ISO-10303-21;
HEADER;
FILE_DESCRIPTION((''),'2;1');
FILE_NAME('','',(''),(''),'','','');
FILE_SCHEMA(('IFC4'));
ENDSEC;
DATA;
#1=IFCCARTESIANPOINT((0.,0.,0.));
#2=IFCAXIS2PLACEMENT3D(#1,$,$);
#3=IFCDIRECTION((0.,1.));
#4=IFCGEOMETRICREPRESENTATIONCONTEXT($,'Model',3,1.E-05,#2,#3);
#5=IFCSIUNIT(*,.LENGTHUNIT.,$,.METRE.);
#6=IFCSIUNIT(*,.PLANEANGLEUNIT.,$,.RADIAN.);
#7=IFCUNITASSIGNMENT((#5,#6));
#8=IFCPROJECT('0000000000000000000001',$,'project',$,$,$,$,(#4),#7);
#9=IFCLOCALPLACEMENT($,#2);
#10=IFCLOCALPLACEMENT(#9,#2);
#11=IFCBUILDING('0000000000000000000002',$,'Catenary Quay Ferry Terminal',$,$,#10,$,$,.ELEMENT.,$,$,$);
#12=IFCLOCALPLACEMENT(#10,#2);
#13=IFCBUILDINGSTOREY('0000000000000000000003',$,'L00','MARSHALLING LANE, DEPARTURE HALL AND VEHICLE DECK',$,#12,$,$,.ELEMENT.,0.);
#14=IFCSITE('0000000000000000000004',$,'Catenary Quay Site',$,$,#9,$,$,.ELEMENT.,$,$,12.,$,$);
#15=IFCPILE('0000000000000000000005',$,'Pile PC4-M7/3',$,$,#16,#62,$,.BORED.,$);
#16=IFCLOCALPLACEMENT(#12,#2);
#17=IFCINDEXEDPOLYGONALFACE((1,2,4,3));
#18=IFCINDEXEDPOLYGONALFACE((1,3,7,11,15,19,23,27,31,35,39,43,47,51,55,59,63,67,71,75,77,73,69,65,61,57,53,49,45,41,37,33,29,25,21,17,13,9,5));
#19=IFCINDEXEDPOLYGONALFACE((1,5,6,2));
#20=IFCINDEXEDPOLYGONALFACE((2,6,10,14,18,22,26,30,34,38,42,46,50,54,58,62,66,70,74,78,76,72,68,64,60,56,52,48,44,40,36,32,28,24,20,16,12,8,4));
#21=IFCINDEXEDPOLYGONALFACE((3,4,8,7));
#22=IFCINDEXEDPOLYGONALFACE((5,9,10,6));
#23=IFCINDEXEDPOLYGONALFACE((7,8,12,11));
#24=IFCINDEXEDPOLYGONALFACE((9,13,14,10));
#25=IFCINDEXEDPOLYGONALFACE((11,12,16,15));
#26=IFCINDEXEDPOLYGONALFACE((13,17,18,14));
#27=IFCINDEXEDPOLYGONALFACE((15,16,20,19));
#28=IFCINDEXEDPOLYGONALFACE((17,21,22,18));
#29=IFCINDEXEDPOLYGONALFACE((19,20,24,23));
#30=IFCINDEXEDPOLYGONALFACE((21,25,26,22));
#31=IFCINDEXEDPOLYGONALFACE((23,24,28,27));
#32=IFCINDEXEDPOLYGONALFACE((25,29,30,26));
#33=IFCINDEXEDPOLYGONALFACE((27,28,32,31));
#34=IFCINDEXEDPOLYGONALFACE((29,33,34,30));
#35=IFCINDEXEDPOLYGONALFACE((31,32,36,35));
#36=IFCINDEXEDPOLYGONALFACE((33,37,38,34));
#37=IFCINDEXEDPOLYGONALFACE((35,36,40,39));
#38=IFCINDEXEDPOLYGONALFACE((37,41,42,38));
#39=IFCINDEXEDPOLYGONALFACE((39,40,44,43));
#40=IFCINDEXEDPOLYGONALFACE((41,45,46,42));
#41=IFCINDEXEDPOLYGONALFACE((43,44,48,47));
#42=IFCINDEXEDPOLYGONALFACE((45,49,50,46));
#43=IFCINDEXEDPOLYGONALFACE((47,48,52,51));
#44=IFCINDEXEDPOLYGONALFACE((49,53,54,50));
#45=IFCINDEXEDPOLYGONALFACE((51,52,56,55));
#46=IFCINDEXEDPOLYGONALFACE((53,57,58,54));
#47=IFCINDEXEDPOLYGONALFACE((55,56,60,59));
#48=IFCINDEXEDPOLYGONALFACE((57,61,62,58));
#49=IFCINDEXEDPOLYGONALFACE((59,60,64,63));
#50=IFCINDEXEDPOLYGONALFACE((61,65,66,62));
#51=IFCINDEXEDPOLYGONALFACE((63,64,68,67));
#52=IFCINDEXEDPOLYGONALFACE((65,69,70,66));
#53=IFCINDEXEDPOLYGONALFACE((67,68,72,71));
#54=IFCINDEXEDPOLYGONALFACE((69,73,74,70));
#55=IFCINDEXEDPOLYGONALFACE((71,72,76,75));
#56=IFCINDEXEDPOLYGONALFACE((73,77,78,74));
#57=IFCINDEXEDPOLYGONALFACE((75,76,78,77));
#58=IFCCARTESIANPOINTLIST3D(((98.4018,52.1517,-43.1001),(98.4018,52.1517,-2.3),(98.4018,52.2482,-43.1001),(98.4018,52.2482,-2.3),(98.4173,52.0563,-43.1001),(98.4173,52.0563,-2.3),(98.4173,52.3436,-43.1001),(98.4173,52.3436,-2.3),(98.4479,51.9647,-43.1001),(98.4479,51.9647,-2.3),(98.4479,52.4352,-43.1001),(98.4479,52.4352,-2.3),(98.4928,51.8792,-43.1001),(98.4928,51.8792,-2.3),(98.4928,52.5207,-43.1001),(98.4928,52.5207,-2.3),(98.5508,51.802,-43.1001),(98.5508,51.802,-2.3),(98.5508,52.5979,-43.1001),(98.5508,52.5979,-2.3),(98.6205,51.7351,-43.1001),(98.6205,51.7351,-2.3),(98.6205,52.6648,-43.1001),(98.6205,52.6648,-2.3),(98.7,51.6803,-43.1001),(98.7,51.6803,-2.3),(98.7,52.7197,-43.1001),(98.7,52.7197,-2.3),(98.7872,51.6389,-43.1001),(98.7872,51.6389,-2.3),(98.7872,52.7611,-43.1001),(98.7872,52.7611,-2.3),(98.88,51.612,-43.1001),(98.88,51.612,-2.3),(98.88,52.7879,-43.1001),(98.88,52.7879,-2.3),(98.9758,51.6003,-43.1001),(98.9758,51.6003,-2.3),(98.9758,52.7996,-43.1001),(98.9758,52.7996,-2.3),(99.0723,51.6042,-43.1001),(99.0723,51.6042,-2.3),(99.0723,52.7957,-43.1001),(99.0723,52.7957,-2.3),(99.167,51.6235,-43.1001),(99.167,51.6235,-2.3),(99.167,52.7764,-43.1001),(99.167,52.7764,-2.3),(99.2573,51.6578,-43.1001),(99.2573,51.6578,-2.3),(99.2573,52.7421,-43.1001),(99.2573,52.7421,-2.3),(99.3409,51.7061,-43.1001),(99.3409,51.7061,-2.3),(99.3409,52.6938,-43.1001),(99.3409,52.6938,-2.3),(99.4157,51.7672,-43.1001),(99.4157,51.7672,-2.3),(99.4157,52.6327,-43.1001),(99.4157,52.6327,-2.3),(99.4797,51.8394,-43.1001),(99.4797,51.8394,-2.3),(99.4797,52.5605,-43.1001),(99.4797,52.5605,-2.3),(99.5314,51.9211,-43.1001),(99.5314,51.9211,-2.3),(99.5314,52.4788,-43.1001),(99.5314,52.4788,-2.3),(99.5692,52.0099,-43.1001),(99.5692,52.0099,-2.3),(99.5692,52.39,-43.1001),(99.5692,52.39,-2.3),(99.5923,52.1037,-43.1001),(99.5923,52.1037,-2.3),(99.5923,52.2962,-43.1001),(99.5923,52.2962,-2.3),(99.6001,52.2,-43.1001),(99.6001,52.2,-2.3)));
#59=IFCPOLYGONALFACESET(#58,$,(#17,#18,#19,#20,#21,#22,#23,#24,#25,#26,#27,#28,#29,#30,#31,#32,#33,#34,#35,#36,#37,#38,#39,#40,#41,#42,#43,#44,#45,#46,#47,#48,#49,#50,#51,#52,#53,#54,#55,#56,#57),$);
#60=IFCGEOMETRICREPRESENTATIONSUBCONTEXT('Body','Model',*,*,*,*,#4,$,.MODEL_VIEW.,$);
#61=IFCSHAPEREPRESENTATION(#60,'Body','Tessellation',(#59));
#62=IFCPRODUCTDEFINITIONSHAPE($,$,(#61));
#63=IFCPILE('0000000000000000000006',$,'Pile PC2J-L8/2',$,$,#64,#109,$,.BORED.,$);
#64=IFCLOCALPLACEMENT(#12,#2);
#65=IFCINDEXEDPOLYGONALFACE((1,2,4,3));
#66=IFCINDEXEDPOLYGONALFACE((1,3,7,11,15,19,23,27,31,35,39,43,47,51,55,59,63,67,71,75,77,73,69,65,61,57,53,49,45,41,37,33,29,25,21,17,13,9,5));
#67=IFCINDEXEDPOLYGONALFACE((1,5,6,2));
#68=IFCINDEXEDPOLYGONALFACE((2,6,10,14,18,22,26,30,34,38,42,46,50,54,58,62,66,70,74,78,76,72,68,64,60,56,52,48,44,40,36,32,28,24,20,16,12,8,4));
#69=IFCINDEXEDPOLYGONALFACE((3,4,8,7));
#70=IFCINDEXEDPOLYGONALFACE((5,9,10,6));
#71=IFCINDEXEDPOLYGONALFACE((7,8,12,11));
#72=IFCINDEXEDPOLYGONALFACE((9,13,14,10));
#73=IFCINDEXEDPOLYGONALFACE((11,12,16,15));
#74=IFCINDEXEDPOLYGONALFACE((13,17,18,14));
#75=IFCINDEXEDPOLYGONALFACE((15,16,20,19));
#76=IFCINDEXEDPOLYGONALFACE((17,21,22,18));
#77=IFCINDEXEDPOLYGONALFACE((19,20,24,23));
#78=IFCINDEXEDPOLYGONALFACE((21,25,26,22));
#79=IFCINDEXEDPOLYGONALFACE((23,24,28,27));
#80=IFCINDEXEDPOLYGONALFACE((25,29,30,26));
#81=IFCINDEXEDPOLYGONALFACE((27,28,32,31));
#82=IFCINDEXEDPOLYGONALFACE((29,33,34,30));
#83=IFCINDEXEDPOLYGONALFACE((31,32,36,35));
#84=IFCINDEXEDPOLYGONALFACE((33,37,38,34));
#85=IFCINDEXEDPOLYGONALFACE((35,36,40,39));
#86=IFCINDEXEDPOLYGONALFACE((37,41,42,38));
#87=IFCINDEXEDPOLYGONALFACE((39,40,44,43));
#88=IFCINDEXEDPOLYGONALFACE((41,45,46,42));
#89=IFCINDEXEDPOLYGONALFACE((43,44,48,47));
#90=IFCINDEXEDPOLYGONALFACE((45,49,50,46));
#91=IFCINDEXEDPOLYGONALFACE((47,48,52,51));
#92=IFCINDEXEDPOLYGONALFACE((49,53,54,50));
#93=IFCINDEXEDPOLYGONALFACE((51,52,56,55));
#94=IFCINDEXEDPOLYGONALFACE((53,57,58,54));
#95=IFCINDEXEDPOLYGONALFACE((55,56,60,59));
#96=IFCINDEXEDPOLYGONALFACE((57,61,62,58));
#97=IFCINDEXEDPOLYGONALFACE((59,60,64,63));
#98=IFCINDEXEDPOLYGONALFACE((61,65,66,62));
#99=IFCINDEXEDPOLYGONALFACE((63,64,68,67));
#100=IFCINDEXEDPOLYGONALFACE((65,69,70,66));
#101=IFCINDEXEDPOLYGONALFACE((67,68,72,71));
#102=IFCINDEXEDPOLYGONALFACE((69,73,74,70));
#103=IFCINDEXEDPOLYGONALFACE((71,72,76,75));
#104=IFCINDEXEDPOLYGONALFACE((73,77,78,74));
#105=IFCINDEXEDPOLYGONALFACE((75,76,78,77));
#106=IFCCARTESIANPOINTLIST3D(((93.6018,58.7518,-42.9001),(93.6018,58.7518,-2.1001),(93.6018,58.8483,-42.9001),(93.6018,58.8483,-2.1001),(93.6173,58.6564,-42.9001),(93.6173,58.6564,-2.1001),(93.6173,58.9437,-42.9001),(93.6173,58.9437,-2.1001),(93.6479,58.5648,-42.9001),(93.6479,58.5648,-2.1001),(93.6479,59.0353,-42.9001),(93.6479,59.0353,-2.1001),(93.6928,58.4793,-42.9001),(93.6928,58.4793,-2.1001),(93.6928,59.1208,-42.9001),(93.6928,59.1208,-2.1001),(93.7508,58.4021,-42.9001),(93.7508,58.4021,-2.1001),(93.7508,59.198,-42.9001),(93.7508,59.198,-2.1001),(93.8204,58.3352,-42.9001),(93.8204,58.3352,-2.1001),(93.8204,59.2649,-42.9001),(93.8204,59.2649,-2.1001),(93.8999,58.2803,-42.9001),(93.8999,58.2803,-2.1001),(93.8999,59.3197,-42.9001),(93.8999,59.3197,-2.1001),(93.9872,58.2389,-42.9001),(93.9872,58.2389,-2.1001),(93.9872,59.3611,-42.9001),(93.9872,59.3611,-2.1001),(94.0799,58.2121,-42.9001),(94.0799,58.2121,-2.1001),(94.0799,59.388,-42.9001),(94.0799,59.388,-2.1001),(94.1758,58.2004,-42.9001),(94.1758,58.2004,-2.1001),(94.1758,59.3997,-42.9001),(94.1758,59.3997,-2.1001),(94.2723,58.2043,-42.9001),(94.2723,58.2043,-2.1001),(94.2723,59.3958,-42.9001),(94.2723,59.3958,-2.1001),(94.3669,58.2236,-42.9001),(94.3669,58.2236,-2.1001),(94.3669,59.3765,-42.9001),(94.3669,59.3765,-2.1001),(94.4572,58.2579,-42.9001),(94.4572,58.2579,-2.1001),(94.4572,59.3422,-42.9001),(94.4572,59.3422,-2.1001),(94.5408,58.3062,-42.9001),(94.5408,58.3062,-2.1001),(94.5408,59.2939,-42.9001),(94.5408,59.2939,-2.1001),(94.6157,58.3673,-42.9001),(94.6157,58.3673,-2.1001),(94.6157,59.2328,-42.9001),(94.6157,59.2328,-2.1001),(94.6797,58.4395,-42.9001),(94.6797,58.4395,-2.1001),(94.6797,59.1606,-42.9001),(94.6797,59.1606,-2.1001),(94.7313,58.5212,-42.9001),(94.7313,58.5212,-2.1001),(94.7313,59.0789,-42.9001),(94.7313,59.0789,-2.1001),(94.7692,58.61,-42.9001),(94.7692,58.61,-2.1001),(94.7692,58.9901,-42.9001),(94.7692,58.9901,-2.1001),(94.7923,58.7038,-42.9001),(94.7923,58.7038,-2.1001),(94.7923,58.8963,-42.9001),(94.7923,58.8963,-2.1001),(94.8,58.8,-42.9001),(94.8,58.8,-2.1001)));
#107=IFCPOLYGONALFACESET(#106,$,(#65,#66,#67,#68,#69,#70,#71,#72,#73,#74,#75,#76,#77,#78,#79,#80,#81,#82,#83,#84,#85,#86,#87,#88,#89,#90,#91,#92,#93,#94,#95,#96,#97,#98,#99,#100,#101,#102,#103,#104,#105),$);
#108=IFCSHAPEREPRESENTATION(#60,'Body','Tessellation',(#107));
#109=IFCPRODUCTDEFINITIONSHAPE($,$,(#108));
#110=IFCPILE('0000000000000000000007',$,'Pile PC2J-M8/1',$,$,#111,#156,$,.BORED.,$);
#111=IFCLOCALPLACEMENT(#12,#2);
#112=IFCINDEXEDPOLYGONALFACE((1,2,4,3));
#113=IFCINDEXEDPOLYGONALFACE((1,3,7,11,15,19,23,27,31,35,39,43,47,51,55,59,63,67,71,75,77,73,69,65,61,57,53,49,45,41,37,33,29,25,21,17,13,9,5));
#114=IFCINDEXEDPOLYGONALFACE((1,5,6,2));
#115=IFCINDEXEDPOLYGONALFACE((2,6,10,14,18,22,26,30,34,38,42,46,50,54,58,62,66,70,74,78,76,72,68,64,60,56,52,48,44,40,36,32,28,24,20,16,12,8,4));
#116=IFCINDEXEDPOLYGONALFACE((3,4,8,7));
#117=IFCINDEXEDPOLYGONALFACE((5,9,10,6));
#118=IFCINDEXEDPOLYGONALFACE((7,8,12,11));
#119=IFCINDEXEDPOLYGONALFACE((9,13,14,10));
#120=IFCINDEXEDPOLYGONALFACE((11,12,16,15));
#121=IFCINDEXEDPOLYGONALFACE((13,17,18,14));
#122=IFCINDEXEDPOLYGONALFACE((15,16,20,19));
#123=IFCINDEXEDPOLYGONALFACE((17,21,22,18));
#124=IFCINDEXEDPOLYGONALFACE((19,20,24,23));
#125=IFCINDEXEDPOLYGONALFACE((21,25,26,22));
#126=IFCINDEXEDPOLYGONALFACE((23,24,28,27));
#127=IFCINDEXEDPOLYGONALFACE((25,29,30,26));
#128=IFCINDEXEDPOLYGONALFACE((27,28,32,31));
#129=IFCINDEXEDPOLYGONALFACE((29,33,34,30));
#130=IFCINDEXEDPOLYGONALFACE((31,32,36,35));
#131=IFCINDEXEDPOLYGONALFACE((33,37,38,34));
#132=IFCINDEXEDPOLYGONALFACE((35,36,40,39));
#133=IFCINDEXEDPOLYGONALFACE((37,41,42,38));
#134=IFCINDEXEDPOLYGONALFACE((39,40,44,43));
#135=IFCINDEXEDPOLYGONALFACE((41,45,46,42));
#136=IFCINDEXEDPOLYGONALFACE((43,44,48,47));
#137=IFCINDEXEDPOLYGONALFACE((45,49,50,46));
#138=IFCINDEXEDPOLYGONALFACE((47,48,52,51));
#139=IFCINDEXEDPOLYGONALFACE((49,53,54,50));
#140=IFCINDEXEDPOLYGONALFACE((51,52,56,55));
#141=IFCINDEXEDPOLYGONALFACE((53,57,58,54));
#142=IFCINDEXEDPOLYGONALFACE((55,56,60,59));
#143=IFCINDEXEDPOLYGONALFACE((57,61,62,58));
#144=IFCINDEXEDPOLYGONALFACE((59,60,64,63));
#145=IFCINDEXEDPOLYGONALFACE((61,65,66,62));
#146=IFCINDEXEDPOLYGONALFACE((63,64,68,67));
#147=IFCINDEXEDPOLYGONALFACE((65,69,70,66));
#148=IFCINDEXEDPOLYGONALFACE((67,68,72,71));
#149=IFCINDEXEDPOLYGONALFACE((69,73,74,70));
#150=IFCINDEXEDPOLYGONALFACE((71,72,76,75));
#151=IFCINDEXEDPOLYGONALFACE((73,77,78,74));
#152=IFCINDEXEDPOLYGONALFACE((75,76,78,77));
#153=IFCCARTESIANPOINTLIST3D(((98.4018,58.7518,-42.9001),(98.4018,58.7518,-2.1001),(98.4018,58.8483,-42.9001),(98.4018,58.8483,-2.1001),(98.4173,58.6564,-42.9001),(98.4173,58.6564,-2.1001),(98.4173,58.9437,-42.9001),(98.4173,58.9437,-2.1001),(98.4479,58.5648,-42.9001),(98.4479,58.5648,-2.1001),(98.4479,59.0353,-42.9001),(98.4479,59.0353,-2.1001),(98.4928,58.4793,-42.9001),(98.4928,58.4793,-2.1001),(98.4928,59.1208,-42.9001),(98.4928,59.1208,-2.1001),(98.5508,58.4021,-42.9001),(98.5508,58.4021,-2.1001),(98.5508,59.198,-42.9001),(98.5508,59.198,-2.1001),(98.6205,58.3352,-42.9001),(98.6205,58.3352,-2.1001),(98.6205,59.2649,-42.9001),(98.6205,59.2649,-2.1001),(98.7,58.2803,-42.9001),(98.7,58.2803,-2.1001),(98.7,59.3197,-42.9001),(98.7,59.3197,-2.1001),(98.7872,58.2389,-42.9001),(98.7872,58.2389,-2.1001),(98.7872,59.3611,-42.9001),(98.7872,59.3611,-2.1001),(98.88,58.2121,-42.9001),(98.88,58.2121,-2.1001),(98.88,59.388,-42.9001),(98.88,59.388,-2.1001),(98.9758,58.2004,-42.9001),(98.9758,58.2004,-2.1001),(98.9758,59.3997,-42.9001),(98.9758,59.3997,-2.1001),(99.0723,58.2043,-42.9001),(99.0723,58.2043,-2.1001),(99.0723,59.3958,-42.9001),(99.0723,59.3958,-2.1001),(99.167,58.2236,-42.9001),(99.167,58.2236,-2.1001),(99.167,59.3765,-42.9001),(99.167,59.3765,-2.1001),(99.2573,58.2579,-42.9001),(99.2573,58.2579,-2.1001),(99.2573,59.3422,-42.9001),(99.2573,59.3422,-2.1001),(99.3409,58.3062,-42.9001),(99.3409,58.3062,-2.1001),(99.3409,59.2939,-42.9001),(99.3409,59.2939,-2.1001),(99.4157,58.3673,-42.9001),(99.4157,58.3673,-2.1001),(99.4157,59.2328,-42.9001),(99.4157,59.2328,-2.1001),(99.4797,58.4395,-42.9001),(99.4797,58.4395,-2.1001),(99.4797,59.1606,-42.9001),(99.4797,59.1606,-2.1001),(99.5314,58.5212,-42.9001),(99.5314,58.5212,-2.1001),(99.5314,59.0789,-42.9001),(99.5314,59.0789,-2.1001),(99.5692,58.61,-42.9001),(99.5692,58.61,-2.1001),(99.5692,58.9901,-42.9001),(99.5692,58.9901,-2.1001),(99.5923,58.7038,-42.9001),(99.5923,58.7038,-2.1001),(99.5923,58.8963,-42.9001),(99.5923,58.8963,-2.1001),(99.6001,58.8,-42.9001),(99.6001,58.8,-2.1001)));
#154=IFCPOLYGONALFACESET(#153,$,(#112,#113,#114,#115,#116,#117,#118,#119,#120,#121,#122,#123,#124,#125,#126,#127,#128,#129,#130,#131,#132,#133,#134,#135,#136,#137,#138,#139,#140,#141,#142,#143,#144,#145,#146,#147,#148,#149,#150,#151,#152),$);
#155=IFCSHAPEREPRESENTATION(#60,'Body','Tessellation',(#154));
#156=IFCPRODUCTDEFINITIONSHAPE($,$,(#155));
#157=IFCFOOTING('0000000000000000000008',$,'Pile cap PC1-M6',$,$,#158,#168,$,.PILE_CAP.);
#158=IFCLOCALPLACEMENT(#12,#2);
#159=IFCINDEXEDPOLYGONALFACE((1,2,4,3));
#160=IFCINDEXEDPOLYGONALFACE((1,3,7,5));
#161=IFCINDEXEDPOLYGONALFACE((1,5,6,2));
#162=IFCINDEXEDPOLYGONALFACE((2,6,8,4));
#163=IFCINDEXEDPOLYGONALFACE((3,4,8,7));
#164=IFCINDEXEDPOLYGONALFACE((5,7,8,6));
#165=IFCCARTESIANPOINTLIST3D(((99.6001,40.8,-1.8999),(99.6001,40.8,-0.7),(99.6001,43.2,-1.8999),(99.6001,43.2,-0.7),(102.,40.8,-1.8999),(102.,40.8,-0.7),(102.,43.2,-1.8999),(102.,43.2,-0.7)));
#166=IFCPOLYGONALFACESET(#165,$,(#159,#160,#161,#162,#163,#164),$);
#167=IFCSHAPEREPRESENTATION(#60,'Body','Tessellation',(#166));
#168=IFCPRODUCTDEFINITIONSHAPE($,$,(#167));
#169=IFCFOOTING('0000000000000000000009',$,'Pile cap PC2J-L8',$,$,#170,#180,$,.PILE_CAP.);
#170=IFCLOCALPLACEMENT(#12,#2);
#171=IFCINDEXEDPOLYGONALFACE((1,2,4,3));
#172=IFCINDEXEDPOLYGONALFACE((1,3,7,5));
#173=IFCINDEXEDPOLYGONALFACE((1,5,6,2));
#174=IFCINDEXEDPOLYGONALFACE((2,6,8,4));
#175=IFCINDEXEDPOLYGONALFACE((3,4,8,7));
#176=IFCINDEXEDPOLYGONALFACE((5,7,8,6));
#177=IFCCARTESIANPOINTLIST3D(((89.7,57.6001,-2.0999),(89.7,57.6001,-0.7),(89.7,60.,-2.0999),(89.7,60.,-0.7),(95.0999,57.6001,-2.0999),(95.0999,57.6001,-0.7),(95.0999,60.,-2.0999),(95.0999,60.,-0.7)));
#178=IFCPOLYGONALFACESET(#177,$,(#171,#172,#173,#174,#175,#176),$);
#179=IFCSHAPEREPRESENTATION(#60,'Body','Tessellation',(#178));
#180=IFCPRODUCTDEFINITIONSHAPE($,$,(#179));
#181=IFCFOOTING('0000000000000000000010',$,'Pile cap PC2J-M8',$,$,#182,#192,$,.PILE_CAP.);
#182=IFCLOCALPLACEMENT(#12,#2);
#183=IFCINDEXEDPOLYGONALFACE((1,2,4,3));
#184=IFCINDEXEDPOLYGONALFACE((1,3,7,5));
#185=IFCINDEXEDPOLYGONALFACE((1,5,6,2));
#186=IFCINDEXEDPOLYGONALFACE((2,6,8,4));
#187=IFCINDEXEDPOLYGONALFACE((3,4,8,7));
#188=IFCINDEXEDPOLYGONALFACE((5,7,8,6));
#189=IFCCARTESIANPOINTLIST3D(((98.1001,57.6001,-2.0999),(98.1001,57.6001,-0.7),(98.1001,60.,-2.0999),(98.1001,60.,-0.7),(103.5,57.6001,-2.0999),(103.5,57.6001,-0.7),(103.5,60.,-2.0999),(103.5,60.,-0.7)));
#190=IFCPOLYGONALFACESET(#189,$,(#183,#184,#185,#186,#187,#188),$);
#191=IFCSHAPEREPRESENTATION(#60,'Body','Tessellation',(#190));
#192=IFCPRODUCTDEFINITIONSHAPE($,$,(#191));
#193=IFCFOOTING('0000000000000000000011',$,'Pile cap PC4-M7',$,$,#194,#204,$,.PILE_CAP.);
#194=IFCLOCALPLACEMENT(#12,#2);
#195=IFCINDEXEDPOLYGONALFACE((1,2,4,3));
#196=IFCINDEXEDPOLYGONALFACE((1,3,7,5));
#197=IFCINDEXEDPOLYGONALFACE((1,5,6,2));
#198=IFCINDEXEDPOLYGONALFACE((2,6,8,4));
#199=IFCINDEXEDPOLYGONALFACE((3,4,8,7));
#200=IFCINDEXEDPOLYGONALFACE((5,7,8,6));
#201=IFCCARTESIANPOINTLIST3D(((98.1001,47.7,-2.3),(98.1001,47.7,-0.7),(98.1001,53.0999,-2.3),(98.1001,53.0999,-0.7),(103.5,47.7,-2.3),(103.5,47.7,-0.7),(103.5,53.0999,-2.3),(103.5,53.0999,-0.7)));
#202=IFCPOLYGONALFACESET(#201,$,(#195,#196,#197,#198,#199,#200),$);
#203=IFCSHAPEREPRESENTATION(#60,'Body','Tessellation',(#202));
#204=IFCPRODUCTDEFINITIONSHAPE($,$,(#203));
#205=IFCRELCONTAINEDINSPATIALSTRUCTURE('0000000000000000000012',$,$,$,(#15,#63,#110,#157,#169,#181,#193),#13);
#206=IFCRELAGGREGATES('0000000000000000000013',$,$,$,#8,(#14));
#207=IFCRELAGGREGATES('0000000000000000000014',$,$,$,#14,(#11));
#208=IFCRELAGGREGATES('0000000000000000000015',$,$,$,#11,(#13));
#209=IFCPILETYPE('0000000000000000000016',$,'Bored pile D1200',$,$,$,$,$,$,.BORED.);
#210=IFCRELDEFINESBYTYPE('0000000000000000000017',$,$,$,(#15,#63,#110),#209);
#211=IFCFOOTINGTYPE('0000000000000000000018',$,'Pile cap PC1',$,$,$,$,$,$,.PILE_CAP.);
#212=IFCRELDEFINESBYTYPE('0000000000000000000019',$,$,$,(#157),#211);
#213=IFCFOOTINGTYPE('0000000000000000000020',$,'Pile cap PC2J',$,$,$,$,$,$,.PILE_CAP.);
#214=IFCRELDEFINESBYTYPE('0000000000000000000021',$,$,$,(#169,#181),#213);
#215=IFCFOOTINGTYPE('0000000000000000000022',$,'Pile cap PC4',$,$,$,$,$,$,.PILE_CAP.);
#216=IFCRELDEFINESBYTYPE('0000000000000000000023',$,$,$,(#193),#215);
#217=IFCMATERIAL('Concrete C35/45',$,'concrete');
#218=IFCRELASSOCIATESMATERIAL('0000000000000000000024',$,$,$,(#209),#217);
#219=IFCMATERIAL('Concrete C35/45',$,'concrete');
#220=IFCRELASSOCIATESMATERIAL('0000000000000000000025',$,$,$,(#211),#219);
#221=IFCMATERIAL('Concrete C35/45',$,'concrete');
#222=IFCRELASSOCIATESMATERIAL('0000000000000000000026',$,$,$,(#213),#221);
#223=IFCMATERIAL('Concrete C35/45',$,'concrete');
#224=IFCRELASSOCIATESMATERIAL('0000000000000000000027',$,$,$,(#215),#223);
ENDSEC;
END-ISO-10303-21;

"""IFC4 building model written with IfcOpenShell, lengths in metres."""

from ifc_helpers import new_model, si_unit, direction, frame, origin, origin_2d, place, context, subcontext, project, spatial, rectangle, circle, extrude, material, material_profile, profile_set, type_object, element, save


model = new_model("IFC4")

# Units and contexts
model_context = context("Model", 3, precision=1e-05, world=origin(), true_north=direction((0.0, 1.0)))
body_context = subcontext(model_context, "Body", "Model", "MODEL_VIEW")
ifc_project = project(units=[si_unit("LENGTHUNIT", "METRE"), si_unit("PLANEANGLEUNIT", "RADIAN")], contexts=[model_context])

# Site, building, storey
site_placement = place(None, origin())
site = spatial("IfcSite", under=ifc_project, at=site_placement, Name="Catenary Quay Site", CompositionType="ELEMENT", RefElevation=12.0)
building_placement = place(site_placement, origin())
building = spatial("IfcBuilding", under=site, at=building_placement, Name="Catenary Quay Ferry Terminal", CompositionType="ELEMENT")
storey_placement = place(building_placement, origin())
storey = spatial("IfcBuildingStorey", under=building, at=storey_placement, Name="L00", Description="MARSHALLING LANE, DEPARTURE HALL AND VEHICLE DECK", CompositionType="ELEMENT", Elevation=0.0)

# Piles
ifc_material_1 = material(Name="Concrete C35/45", Category="concrete")
ifc_material_profile_1 = material_profile(ifc_material_1, circle(Radius=0.6001, at=origin_2d()), Name="D1200")
ifc_profile_set_1 = profile_set([ifc_material_profile_1], Name="Concrete C35/45")
pile_type = type_object("IfcPileType", Name="Bored pile D1200", PredefinedType="BORED", material=ifc_profile_set_1)
for number, where, z_axis, x_axis, name in (
    (1, (99.0, 52.2, -2.3), (0.0, 0.0, -1.0), (1.0, 0.0, 0.0), "Pile PC4-M7/3"),
    (2, (94.2, 58.8, -2.1001), (0.0, 0.0, -1.0), (1.0, 0.0, 0.0), "Pile PC2J-L8/2"),
    (3, (99.0, 58.8, -2.1001), (0.0, 0.0, -1.0), (1.0, 0.0, 0.0), "Pile PC2J-M8/1"),
):
    element("IfcPile", number, at=place(storey_placement, frame(where, z_axis=z_axis, x_axis=x_axis)), inside=storey, type_object=pile_type, Name=name, PredefinedType="BORED", context=body_context, shape_type="SweptSolid", body=[
        extrude(circle(Radius=0.6001, at=origin_2d()), origin(), (0.0, 0.0, 1.0), 40.8),
    ])

# Footings
ifc_material_2 = material(Name="Concrete C35/45", Category="concrete")
footing_type_1 = type_object("IfcFootingType", Name="Pile cap PC1", PredefinedType="PILE_CAP", material=ifc_material_2)
footing_1_placement = place(storey_placement, frame((100.8, 42.0, -1.8999), z_axis=(0.0, 0.0, 1.0), x_axis=(1.0, 0.0, 0.0)))
element("IfcFooting", 4, at=footing_1_placement, inside=storey, type_object=footing_type_1, Name="Pile cap PC1-M6", PredefinedType="PILE_CAP", context=body_context, shape_type="SweptSolid", body=[
    extrude(rectangle(XDim=2.3999, YDim=2.3999, at=origin_2d()), origin(), (0.0, 0.0, 1.0), 1.2),
])
ifc_material_3 = material(Name="Concrete C35/45", Category="concrete")
footing_type_2 = type_object("IfcFootingType", Name="Pile cap PC2J", PredefinedType="PILE_CAP", material=ifc_material_3)
for number, where, z_axis, x_axis, name in (
    (5, (92.3999, 58.8, -2.0999), (0.0, 0.0, 1.0), (1.0, 0.0, 0.0), "Pile cap PC2J-L8"),
    (6, (100.8, 58.8, -2.0999), (0.0, 0.0, 1.0), (1.0, 0.0, 0.0), "Pile cap PC2J-M8"),
):
    element("IfcFooting", number, at=place(storey_placement, frame(where, z_axis=z_axis, x_axis=x_axis)), inside=storey, type_object=footing_type_2, Name=name, PredefinedType="PILE_CAP", context=body_context, shape_type="SweptSolid", body=[
        extrude(rectangle(XDim=5.3999, YDim=2.3999, at=origin_2d()), origin(), (0.0, 0.0, 1.0), 1.3999),
    ])
ifc_material_4 = material(Name="Concrete C35/45", Category="concrete")
footing_type_3 = type_object("IfcFootingType", Name="Pile cap PC4", PredefinedType="PILE_CAP", material=ifc_material_4)
footing_2_placement = place(storey_placement, frame((100.8, 50.3999, -2.3), z_axis=(0.0, 0.0, 1.0), x_axis=(1.0, 0.0, 0.0)))
element("IfcFooting", 7, at=footing_2_placement, inside=storey, type_object=footing_type_3, Name="Pile cap PC4-M7", PredefinedType="PILE_CAP", context=body_context, shape_type="SweptSolid", body=[
    extrude(rectangle(XDim=5.3999, YDim=5.3999, at=origin_2d()), origin(), (0.0, 0.0, 1.0), 1.6001),
])

save(model, "model.ifc")
